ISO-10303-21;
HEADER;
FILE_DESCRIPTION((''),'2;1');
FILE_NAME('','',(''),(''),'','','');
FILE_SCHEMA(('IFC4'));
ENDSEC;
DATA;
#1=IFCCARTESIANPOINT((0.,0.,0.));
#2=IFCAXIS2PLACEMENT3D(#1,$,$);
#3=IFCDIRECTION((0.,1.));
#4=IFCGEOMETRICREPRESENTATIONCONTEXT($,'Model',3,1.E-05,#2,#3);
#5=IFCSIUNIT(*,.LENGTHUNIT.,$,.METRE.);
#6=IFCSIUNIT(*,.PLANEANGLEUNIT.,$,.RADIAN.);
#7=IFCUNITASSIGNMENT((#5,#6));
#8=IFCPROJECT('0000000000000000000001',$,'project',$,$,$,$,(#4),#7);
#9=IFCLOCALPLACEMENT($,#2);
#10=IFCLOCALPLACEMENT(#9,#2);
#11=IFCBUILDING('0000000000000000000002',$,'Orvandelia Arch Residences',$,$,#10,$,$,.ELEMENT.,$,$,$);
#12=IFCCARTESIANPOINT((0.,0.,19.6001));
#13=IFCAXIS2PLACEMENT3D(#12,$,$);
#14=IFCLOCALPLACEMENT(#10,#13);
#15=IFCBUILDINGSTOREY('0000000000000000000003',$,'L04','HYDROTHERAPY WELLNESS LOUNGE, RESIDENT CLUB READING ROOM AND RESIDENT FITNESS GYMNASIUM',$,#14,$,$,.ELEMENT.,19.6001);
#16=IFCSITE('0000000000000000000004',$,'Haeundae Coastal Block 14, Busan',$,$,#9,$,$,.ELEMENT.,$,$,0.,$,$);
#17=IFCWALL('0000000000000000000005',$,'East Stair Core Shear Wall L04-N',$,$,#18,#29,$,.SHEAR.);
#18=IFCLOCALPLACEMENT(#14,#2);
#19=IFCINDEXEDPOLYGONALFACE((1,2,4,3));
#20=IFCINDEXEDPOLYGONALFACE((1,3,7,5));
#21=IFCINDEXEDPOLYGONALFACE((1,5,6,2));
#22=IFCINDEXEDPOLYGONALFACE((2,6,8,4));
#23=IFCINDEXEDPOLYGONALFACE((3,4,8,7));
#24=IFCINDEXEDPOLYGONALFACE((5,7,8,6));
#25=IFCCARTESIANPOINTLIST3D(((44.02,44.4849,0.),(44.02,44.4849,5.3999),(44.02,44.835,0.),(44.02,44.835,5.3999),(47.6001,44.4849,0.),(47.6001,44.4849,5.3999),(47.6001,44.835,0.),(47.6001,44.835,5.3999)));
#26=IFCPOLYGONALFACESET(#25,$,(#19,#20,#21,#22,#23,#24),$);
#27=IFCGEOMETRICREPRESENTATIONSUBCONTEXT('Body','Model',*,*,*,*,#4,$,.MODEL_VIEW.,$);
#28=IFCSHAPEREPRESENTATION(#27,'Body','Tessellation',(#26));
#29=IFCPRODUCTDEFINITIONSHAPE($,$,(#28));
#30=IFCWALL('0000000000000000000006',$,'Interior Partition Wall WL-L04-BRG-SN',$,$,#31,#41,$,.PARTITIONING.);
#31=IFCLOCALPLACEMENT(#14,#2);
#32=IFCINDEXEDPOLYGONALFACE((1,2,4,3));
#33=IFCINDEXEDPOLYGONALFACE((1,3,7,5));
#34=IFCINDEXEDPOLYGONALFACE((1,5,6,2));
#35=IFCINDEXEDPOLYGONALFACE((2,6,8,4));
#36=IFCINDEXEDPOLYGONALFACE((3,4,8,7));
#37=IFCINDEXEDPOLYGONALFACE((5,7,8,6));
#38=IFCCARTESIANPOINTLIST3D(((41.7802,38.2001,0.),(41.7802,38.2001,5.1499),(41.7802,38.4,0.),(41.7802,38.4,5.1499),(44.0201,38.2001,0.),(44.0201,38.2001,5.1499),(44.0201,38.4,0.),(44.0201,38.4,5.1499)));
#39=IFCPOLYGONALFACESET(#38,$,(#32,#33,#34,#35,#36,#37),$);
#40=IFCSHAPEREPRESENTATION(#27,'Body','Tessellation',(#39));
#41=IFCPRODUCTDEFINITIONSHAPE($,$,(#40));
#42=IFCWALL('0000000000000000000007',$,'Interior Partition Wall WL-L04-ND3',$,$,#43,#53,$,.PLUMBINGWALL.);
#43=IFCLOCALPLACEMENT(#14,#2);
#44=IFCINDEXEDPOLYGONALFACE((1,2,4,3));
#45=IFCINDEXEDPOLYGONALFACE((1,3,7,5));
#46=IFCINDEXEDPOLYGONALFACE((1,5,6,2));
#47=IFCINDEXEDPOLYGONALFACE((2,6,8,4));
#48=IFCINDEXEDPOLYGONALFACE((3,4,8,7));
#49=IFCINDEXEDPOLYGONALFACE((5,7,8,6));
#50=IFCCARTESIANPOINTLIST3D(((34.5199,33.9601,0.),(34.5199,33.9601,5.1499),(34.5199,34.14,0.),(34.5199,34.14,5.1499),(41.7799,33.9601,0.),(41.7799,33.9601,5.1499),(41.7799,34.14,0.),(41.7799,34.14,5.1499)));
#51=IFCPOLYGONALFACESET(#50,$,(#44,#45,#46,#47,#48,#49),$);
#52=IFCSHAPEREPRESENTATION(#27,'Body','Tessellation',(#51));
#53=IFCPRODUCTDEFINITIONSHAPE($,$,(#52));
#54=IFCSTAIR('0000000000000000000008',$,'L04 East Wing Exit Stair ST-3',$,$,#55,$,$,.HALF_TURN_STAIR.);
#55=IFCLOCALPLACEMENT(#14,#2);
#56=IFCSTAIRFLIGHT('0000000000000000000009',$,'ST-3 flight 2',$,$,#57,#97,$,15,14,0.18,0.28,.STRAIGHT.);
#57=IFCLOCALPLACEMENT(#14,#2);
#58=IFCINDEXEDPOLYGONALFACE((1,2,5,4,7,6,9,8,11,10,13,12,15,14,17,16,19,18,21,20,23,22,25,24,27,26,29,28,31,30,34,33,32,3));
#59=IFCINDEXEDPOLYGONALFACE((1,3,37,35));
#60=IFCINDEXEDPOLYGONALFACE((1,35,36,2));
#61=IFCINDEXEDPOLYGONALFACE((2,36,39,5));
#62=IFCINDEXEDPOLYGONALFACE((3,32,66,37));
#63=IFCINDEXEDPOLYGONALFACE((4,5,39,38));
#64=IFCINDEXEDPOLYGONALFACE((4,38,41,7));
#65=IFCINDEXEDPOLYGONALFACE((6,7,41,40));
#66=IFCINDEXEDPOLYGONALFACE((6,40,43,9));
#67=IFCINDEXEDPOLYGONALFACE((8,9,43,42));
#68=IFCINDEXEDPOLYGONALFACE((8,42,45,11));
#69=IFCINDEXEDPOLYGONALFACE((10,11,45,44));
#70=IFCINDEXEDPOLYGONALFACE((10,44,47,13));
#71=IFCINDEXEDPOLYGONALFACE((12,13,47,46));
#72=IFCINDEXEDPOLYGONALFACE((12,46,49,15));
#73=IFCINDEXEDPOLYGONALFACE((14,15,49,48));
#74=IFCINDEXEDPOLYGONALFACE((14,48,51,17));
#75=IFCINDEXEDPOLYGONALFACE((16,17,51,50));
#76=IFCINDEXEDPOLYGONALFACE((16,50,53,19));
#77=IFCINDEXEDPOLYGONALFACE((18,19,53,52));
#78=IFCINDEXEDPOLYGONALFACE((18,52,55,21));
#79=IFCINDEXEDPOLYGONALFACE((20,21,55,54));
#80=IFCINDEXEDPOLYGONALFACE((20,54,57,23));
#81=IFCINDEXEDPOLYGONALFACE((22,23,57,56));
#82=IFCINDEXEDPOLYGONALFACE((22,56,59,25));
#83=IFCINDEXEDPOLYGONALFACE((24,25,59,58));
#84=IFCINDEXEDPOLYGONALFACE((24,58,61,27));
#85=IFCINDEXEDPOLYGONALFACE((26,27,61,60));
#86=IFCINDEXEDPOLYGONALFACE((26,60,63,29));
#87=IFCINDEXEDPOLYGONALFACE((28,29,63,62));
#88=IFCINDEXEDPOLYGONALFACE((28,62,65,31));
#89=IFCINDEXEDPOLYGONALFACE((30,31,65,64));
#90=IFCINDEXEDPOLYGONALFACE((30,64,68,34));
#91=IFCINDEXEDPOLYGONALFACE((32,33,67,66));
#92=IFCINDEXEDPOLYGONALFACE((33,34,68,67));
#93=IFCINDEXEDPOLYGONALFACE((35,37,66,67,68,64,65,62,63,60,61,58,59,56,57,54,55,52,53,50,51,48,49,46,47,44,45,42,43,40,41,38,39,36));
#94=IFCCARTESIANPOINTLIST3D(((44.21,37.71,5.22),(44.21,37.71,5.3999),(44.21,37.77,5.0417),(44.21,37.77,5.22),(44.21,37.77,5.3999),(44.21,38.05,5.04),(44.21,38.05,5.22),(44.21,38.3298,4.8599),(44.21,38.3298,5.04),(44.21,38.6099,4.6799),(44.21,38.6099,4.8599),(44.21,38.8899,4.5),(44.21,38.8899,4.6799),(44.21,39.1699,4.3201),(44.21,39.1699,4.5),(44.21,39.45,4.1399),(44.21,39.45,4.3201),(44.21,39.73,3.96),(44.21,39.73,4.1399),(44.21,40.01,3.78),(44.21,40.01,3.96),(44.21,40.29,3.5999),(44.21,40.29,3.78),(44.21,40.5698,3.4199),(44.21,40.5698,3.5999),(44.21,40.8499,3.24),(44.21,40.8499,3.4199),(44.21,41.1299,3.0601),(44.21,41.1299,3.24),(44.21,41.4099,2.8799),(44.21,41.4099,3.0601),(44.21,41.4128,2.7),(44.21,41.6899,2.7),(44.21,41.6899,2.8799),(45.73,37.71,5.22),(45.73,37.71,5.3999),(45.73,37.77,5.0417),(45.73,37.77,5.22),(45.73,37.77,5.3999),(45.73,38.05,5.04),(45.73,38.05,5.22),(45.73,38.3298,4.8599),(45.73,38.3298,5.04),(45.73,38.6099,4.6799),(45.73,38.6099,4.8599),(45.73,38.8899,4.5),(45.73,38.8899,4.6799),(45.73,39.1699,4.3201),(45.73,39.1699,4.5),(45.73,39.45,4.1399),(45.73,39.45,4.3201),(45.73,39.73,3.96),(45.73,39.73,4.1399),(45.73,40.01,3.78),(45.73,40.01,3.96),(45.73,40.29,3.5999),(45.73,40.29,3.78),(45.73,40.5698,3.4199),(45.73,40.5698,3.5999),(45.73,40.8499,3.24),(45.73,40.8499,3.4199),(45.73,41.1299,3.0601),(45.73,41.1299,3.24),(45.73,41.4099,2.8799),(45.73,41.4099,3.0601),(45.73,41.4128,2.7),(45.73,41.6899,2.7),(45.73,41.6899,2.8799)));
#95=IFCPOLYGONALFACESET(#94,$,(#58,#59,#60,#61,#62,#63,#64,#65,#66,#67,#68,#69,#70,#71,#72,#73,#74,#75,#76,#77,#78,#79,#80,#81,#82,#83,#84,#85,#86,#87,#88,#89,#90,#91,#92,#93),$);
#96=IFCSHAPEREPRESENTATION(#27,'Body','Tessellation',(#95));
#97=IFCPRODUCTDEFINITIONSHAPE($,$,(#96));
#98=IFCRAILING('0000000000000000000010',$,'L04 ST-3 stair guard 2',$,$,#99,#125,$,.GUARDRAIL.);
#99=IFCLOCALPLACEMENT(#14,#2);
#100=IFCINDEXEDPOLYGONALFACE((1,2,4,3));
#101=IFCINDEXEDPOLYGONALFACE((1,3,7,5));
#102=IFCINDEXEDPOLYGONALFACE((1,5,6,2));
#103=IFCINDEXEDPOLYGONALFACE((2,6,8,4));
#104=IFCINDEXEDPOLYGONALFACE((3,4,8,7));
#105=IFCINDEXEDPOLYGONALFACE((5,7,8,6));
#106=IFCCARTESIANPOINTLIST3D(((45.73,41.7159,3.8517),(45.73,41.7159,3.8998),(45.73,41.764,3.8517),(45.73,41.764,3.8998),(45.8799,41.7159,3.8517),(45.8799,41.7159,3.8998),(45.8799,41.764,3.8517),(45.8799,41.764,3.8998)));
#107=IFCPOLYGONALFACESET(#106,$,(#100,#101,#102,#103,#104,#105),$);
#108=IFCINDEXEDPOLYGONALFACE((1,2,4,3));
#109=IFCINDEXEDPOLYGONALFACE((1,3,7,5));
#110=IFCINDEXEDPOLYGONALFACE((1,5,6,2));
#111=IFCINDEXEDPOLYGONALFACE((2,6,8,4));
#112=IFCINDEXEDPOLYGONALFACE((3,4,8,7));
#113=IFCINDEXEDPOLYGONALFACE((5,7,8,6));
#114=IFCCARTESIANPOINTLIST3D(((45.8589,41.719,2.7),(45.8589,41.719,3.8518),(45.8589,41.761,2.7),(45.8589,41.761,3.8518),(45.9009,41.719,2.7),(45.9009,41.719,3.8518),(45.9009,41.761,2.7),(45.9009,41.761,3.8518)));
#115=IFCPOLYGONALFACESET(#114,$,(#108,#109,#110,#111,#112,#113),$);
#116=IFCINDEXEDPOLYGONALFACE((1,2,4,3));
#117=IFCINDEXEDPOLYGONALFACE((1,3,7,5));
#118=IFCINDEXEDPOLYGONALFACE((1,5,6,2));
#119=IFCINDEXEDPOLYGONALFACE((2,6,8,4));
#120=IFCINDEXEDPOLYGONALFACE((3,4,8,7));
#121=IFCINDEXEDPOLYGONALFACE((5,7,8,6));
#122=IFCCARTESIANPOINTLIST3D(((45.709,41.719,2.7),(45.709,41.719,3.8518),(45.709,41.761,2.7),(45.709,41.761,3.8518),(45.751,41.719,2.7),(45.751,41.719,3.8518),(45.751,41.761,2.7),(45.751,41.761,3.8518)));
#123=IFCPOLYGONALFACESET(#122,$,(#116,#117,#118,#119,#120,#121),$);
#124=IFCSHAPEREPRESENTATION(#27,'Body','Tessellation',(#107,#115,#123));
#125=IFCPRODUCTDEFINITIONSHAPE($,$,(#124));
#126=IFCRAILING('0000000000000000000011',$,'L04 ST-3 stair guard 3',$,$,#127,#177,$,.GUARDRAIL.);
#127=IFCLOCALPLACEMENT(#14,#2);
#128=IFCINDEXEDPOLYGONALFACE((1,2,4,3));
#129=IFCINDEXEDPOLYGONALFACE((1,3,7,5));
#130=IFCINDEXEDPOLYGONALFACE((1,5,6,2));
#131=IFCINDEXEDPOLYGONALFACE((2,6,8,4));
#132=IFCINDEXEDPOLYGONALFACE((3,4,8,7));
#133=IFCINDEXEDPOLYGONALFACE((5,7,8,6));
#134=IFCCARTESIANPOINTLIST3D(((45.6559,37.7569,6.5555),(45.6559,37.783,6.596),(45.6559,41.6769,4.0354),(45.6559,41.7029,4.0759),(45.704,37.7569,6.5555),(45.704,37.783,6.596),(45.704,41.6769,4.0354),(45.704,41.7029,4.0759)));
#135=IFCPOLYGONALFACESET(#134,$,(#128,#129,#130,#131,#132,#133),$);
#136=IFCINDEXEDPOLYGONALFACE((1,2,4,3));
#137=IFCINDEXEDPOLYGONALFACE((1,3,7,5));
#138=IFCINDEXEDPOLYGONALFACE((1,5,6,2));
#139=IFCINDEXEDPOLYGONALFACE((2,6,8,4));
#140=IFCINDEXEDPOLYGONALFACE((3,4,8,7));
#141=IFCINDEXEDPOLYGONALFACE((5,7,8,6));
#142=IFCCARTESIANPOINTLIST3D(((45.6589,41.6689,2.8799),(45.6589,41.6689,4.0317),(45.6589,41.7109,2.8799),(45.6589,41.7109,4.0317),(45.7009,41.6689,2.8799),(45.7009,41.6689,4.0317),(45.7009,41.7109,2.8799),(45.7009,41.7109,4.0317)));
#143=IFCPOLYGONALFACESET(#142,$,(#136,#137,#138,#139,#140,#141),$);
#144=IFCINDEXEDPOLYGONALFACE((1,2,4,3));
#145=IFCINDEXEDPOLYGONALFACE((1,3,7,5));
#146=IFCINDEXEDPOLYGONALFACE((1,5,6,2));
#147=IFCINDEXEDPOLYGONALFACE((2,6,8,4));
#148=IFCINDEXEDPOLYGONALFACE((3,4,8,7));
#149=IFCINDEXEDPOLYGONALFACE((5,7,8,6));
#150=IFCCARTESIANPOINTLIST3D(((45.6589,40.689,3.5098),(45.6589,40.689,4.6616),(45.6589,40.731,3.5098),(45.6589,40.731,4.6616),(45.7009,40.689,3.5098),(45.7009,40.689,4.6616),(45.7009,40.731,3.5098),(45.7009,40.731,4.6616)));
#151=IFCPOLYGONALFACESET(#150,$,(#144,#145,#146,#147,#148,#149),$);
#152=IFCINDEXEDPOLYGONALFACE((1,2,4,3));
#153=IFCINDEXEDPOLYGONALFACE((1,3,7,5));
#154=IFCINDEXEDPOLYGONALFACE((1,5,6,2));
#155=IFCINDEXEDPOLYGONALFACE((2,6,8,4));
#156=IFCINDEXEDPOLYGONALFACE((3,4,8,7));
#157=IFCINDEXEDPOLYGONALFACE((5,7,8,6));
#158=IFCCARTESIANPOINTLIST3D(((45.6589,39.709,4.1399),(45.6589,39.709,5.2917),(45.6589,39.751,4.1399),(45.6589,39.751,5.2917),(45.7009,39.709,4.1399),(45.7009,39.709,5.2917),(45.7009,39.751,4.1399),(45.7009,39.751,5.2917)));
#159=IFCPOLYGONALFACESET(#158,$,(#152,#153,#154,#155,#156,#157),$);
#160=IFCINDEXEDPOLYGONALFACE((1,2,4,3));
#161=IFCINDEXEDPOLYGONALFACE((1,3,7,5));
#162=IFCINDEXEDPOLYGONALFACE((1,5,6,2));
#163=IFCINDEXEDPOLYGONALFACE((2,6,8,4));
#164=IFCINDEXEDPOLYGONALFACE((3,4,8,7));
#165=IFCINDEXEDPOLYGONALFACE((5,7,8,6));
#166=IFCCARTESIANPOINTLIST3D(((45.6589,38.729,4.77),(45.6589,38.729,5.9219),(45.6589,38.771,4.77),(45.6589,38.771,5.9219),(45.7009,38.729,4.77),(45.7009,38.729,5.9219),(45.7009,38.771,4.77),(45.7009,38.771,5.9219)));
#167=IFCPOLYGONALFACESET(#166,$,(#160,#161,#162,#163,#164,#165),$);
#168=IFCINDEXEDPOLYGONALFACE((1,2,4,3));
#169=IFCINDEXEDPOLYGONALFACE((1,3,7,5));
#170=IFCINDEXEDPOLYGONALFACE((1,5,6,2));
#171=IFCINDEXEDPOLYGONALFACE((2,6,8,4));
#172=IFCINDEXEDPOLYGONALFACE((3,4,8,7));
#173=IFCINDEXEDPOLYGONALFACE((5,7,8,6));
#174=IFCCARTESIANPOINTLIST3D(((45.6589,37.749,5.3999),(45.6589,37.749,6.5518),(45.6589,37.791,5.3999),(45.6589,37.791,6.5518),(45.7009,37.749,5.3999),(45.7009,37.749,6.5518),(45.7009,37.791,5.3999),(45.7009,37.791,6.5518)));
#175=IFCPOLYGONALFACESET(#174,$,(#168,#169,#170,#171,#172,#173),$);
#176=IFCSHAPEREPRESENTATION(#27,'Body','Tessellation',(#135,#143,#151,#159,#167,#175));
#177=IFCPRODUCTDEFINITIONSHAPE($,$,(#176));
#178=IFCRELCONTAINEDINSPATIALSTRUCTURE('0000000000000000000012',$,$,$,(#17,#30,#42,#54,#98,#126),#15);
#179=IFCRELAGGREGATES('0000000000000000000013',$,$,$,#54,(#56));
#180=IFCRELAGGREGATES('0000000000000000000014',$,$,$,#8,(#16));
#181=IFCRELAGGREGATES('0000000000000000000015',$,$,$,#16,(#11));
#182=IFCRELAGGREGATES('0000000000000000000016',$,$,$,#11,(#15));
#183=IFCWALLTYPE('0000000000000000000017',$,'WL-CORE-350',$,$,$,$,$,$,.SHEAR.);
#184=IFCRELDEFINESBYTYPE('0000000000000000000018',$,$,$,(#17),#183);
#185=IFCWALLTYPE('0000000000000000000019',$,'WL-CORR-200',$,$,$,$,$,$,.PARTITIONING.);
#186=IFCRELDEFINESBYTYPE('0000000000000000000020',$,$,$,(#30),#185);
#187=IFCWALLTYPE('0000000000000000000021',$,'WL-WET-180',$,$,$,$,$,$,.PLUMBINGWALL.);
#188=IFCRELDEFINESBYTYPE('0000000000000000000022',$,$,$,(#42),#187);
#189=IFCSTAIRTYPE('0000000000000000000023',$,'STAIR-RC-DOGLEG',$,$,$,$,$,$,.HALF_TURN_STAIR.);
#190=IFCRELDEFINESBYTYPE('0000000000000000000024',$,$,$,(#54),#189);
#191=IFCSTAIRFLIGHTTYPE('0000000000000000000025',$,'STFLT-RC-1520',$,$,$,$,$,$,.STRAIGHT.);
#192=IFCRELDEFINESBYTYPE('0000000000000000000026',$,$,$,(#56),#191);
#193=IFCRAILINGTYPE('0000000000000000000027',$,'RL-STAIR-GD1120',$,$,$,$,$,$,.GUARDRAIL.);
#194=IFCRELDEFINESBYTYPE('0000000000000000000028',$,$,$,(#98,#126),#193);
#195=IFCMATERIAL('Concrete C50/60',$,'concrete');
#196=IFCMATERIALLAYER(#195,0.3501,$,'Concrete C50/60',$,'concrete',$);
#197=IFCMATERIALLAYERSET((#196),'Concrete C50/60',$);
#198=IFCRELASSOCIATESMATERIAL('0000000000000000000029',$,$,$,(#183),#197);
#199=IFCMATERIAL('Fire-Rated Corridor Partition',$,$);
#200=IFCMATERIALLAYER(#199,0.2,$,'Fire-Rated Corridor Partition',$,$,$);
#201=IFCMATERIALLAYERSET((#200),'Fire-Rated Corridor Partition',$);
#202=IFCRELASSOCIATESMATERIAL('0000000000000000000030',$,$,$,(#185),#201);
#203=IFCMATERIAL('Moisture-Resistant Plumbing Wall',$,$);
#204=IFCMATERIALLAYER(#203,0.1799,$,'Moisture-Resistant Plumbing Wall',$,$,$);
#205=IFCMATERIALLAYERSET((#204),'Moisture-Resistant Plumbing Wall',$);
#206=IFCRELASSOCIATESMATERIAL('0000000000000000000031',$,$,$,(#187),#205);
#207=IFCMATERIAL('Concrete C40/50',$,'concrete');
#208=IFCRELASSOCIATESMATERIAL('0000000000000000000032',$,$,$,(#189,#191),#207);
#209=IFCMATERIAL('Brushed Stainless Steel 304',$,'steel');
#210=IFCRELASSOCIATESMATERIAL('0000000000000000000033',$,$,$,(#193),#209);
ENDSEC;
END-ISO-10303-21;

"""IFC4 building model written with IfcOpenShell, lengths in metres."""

from ifc_helpers import new_model, si_unit, direction, frame, frame_2d, origin, origin_2d, place, context, subcontext, project, spatial, polyline, rectangle, outline, extrude, material, layer, layer_set, type_object, element, aggregate, save


model = new_model("IFC4")

# Units and contexts
model_context = context("Model", 3, precision=1e-05, world=origin(), true_north=direction((0.0, 1.0)))
body_context = subcontext(model_context, "Body", "Model", "MODEL_VIEW")
ifc_project = project(units=[si_unit("LENGTHUNIT", "METRE"), si_unit("PLANEANGLEUNIT", "RADIAN")], contexts=[model_context])

# Site, building, storey
site_placement = place(None, origin())
site = spatial("IfcSite", under=ifc_project, at=site_placement, Name="Haeundae Coastal Block 14, Busan", CompositionType="ELEMENT", RefElevation=0.0)
building_placement = place(site_placement, origin())
building = spatial("IfcBuilding", under=site, at=building_placement, Name="Orvandelia Arch Residences", CompositionType="ELEMENT")
storey_placement = place(building_placement, frame((0.0, 0.0, 19.6001)))
storey = spatial("IfcBuildingStorey", under=building, at=storey_placement, Name="L04", Description="HYDROTHERAPY WELLNESS LOUNGE, RESIDENT CLUB READING ROOM AND RESIDENT FITNESS GYMNASIUM", CompositionType="ELEMENT", Elevation=19.6001)

# Shared definitions
ifc_material_1 = material(Name="Concrete C50/60", Category="concrete")
ifc_layer_1 = layer(ifc_material_1, 0.3501, Name="Concrete C50/60", Category="concrete")
ifc_layer_set_1 = layer_set([ifc_layer_1], Name="Concrete C50/60")
wall_type_1 = type_object("IfcWallType", Name="WL-CORE-350", PredefinedType="SHEAR", material=ifc_layer_set_1)

# Walls
for number, where, z_axis, x_axis, name in (
    (1, (44.02, 44.6599, 0.0), (0.0, 0.0, 1.0), (1.0, 0.0, 0.0), "East Stair Core Shear Wall L04-N"),
):
    element("IfcWall", number, at=place(storey_placement, frame(where, z_axis=z_axis, x_axis=x_axis)), inside=storey, type_object=wall_type_1, Name=name, PredefinedType="SHEAR", context=body_context, shape_type="SweptSolid", body=[
        extrude(rectangle(XDim=3.5801, YDim=0.3501, at=frame_2d((1.79, 0.0))), origin(), (0.0, 0.0, 1.0), 5.3999),
    ])
ifc_material_2 = material(Name="Fire-Rated Corridor Partition")
ifc_layer_2 = layer(ifc_material_2, 0.2, Name="Fire-Rated Corridor Partition")
ifc_layer_set_2 = layer_set([ifc_layer_2], Name="Fire-Rated Corridor Partition")
wall_type_2 = type_object("IfcWallType", Name="WL-CORR-200", PredefinedType="PARTITIONING", material=ifc_layer_set_2)
wall_1_placement = place(storey_placement, frame((41.78, 38.3, 0.0), z_axis=(0.0, 0.0, 1.0), x_axis=(1.0, 0.0, 0.0)))
element("IfcWall", 2, at=wall_1_placement, inside=storey, type_object=wall_type_2, Name="Interior Partition Wall WL-L04-BRG-SN", PredefinedType="PARTITIONING", context=body_context, shape_type="SweptSolid", body=[
    extrude(rectangle(XDim=2.24, YDim=0.2, at=frame_2d((1.1201, 0.0))), origin(), (0.0, 0.0, 1.0), 5.1499),
])
ifc_material_3 = material(Name="Moisture-Resistant Plumbing Wall")
ifc_layer_3 = layer(ifc_material_3, 0.1799, Name="Moisture-Resistant Plumbing Wall")
ifc_layer_set_3 = layer_set([ifc_layer_3], Name="Moisture-Resistant Plumbing Wall")
wall_type_3 = type_object("IfcWallType", Name="WL-WET-180", PredefinedType="PLUMBINGWALL", material=ifc_layer_set_3)
wall_2_placement = place(storey_placement, frame((34.52, 34.05, 0.0), z_axis=(0.0, 0.0, 1.0), x_axis=(1.0, 0.0, 0.0)))
element("IfcWall", 3, at=wall_2_placement, inside=storey, type_object=wall_type_3, Name="Interior Partition Wall WL-L04-ND3", PredefinedType="PLUMBINGWALL", context=body_context, shape_type="SweptSolid", body=[
    extrude(rectangle(XDim=7.26, YDim=0.1799, at=frame_2d((3.6299, 0.0))), origin(), (0.0, 0.0, 1.0), 5.1499),
])

# Stair, stair flight
ifc_material_4 = material(Name="Concrete C40/50", Category="concrete")
stair_type = type_object("IfcStairType", Name="STAIR-RC-DOGLEG", PredefinedType="HALF_TURN_STAIR", material=ifc_material_4)
stair_placement = place(storey_placement, origin())
stair = element("IfcStair", 4, at=stair_placement, inside=storey, type_object=stair_type, Name="L04 East Wing Exit Stair ST-3", PredefinedType="HALF_TURN_STAIR")
stair_flight_type = type_object("IfcStairFlightType", Name="STFLT-RC-1520", PredefinedType="STRAIGHT", material=ifc_material_4)
stair_flight_placement = place(storey_placement, frame((44.97, 41.6899, 2.7), z_axis=(0.0, 0.0, 1.0), x_axis=(0.0, -1.0, 0.0)))
stair_flight = element("IfcStairFlight", 5, at=stair_flight_placement, type_object=stair_flight_type, Name="ST-3 flight 2", NumberOfRisers=15, NumberOfTreads=14, PredefinedType="STRAIGHT", RiserHeight=0.18, TreadLength=0.28, context=body_context, shape_type="SweptSolid", body=[
    extrude(outline(polyline([(0.0, 0.0), (0.0, 0.1799), (0.28, 0.1799), (0.28, 0.3601), (0.5601, 0.3601), (0.5601, 0.54), (0.8401, 0.54), (0.8401, 0.72), (1.1201, 0.72), (1.1201, 0.8999), (1.3999, 0.8999), (1.3999, 1.0801), (1.6799, 1.0801), (1.6799, 1.26), (1.96, 1.26), (1.96, 1.4399), (2.24, 1.4399), (2.24, 1.6201), (2.52, 1.6201), (2.52, 1.8), (2.8, 1.8), (2.8, 1.98), (3.0801, 1.98), (3.0801, 2.1599), (3.3601, 2.1599), (3.3601, 2.3401), (3.6399, 2.3401), (3.6399, 2.52), (3.9199, 2.52), (3.9199, 2.7), (3.98, 2.7), (3.98, 2.52), (3.9199, 2.3418), (0.2771, 0.0), (0.0, 0.0)])), frame((0.0, 0.76, 0.0), z_axis=(0.0, -1.0, 0.0), x_axis=(1.0, 0.0, 0.0)), (0.0, 0.0, 1.0), 1.52),
])
aggregate(stair, [stair_flight])

# Railings
ifc_material_5 = material(Name="Brushed Stainless Steel 304", Category="steel")
railing_type_1 = type_object("IfcRailingType", Name="RL-STAIR-GD1120", PredefinedType="GUARDRAIL", material=ifc_material_5)
railing_1_placement = place(storey_placement, frame((45.8799, 41.74, 2.7)))
element("IfcRailing", 6, at=railing_1_placement, inside=storey, type_object=railing_type_1, Name="L04 ST-3 stair guard 2", PredefinedType="GUARDRAIL", context=body_context, shape_type="SweptSolid", body=[
    extrude(rectangle(XDim=0.0481, YDim=0.0481, at=origin_2d()), frame((0.0, 0.0, 1.1758), z_axis=(-1.0, 0.0, 0.0), x_axis=(0.0, -1.0, 0.0)), (0.0, 0.0, 1.0), 0.1499),
    extrude(rectangle(XDim=0.042, YDim=0.042, at=origin_2d()), origin(), (0.0, 0.0, 1.0), 1.1519),
    extrude(rectangle(XDim=0.042, YDim=0.042, at=origin_2d()), frame((-0.1499, 0.0, 0.0)), (0.0, 0.0, 1.0), 1.1519),
])
railing_2_placement = place(storey_placement, frame((45.6799, 41.6899, 2.8799)))
element("IfcRailing", 7, at=railing_2_placement, inside=storey, type_object=railing_type_1, Name="L04 ST-3 stair guard 3", PredefinedType="GUARDRAIL", context=body_context, shape_type="SweptSolid", body=[
    extrude(rectangle(XDim=0.0481, YDim=0.0481, at=origin_2d()), frame((0.0, 0.0, 1.1758), z_axis=(0.0, -0.841172, 0.540768), x_axis=(1.0, 0.0, 0.0)), (0.0, 0.0, 1.0), 4.6602),
    extrude(rectangle(XDim=0.042, YDim=0.042, at=origin_2d()), origin(), (0.0, 0.0, 1.0), 1.1519),
    extrude(rectangle(XDim=0.042, YDim=0.042, at=origin_2d()), frame((0.0, -0.98, 0.6299)), (0.0, 0.0, 1.0), 1.1519),
    extrude(rectangle(XDim=0.042, YDim=0.042, at=origin_2d()), frame((0.0, -1.96, 1.26)), (0.0, 0.0, 1.0), 1.1519),
    extrude(rectangle(XDim=0.042, YDim=0.042, at=origin_2d()), frame((0.0, -2.9399, 1.8901)), (0.0, 0.0, 1.0), 1.1519),
    extrude(rectangle(XDim=0.042, YDim=0.042, at=origin_2d()), frame((0.0, -3.9199, 2.52)), (0.0, 0.0, 1.0), 1.1519),
])

save(model, "model.ifc")
